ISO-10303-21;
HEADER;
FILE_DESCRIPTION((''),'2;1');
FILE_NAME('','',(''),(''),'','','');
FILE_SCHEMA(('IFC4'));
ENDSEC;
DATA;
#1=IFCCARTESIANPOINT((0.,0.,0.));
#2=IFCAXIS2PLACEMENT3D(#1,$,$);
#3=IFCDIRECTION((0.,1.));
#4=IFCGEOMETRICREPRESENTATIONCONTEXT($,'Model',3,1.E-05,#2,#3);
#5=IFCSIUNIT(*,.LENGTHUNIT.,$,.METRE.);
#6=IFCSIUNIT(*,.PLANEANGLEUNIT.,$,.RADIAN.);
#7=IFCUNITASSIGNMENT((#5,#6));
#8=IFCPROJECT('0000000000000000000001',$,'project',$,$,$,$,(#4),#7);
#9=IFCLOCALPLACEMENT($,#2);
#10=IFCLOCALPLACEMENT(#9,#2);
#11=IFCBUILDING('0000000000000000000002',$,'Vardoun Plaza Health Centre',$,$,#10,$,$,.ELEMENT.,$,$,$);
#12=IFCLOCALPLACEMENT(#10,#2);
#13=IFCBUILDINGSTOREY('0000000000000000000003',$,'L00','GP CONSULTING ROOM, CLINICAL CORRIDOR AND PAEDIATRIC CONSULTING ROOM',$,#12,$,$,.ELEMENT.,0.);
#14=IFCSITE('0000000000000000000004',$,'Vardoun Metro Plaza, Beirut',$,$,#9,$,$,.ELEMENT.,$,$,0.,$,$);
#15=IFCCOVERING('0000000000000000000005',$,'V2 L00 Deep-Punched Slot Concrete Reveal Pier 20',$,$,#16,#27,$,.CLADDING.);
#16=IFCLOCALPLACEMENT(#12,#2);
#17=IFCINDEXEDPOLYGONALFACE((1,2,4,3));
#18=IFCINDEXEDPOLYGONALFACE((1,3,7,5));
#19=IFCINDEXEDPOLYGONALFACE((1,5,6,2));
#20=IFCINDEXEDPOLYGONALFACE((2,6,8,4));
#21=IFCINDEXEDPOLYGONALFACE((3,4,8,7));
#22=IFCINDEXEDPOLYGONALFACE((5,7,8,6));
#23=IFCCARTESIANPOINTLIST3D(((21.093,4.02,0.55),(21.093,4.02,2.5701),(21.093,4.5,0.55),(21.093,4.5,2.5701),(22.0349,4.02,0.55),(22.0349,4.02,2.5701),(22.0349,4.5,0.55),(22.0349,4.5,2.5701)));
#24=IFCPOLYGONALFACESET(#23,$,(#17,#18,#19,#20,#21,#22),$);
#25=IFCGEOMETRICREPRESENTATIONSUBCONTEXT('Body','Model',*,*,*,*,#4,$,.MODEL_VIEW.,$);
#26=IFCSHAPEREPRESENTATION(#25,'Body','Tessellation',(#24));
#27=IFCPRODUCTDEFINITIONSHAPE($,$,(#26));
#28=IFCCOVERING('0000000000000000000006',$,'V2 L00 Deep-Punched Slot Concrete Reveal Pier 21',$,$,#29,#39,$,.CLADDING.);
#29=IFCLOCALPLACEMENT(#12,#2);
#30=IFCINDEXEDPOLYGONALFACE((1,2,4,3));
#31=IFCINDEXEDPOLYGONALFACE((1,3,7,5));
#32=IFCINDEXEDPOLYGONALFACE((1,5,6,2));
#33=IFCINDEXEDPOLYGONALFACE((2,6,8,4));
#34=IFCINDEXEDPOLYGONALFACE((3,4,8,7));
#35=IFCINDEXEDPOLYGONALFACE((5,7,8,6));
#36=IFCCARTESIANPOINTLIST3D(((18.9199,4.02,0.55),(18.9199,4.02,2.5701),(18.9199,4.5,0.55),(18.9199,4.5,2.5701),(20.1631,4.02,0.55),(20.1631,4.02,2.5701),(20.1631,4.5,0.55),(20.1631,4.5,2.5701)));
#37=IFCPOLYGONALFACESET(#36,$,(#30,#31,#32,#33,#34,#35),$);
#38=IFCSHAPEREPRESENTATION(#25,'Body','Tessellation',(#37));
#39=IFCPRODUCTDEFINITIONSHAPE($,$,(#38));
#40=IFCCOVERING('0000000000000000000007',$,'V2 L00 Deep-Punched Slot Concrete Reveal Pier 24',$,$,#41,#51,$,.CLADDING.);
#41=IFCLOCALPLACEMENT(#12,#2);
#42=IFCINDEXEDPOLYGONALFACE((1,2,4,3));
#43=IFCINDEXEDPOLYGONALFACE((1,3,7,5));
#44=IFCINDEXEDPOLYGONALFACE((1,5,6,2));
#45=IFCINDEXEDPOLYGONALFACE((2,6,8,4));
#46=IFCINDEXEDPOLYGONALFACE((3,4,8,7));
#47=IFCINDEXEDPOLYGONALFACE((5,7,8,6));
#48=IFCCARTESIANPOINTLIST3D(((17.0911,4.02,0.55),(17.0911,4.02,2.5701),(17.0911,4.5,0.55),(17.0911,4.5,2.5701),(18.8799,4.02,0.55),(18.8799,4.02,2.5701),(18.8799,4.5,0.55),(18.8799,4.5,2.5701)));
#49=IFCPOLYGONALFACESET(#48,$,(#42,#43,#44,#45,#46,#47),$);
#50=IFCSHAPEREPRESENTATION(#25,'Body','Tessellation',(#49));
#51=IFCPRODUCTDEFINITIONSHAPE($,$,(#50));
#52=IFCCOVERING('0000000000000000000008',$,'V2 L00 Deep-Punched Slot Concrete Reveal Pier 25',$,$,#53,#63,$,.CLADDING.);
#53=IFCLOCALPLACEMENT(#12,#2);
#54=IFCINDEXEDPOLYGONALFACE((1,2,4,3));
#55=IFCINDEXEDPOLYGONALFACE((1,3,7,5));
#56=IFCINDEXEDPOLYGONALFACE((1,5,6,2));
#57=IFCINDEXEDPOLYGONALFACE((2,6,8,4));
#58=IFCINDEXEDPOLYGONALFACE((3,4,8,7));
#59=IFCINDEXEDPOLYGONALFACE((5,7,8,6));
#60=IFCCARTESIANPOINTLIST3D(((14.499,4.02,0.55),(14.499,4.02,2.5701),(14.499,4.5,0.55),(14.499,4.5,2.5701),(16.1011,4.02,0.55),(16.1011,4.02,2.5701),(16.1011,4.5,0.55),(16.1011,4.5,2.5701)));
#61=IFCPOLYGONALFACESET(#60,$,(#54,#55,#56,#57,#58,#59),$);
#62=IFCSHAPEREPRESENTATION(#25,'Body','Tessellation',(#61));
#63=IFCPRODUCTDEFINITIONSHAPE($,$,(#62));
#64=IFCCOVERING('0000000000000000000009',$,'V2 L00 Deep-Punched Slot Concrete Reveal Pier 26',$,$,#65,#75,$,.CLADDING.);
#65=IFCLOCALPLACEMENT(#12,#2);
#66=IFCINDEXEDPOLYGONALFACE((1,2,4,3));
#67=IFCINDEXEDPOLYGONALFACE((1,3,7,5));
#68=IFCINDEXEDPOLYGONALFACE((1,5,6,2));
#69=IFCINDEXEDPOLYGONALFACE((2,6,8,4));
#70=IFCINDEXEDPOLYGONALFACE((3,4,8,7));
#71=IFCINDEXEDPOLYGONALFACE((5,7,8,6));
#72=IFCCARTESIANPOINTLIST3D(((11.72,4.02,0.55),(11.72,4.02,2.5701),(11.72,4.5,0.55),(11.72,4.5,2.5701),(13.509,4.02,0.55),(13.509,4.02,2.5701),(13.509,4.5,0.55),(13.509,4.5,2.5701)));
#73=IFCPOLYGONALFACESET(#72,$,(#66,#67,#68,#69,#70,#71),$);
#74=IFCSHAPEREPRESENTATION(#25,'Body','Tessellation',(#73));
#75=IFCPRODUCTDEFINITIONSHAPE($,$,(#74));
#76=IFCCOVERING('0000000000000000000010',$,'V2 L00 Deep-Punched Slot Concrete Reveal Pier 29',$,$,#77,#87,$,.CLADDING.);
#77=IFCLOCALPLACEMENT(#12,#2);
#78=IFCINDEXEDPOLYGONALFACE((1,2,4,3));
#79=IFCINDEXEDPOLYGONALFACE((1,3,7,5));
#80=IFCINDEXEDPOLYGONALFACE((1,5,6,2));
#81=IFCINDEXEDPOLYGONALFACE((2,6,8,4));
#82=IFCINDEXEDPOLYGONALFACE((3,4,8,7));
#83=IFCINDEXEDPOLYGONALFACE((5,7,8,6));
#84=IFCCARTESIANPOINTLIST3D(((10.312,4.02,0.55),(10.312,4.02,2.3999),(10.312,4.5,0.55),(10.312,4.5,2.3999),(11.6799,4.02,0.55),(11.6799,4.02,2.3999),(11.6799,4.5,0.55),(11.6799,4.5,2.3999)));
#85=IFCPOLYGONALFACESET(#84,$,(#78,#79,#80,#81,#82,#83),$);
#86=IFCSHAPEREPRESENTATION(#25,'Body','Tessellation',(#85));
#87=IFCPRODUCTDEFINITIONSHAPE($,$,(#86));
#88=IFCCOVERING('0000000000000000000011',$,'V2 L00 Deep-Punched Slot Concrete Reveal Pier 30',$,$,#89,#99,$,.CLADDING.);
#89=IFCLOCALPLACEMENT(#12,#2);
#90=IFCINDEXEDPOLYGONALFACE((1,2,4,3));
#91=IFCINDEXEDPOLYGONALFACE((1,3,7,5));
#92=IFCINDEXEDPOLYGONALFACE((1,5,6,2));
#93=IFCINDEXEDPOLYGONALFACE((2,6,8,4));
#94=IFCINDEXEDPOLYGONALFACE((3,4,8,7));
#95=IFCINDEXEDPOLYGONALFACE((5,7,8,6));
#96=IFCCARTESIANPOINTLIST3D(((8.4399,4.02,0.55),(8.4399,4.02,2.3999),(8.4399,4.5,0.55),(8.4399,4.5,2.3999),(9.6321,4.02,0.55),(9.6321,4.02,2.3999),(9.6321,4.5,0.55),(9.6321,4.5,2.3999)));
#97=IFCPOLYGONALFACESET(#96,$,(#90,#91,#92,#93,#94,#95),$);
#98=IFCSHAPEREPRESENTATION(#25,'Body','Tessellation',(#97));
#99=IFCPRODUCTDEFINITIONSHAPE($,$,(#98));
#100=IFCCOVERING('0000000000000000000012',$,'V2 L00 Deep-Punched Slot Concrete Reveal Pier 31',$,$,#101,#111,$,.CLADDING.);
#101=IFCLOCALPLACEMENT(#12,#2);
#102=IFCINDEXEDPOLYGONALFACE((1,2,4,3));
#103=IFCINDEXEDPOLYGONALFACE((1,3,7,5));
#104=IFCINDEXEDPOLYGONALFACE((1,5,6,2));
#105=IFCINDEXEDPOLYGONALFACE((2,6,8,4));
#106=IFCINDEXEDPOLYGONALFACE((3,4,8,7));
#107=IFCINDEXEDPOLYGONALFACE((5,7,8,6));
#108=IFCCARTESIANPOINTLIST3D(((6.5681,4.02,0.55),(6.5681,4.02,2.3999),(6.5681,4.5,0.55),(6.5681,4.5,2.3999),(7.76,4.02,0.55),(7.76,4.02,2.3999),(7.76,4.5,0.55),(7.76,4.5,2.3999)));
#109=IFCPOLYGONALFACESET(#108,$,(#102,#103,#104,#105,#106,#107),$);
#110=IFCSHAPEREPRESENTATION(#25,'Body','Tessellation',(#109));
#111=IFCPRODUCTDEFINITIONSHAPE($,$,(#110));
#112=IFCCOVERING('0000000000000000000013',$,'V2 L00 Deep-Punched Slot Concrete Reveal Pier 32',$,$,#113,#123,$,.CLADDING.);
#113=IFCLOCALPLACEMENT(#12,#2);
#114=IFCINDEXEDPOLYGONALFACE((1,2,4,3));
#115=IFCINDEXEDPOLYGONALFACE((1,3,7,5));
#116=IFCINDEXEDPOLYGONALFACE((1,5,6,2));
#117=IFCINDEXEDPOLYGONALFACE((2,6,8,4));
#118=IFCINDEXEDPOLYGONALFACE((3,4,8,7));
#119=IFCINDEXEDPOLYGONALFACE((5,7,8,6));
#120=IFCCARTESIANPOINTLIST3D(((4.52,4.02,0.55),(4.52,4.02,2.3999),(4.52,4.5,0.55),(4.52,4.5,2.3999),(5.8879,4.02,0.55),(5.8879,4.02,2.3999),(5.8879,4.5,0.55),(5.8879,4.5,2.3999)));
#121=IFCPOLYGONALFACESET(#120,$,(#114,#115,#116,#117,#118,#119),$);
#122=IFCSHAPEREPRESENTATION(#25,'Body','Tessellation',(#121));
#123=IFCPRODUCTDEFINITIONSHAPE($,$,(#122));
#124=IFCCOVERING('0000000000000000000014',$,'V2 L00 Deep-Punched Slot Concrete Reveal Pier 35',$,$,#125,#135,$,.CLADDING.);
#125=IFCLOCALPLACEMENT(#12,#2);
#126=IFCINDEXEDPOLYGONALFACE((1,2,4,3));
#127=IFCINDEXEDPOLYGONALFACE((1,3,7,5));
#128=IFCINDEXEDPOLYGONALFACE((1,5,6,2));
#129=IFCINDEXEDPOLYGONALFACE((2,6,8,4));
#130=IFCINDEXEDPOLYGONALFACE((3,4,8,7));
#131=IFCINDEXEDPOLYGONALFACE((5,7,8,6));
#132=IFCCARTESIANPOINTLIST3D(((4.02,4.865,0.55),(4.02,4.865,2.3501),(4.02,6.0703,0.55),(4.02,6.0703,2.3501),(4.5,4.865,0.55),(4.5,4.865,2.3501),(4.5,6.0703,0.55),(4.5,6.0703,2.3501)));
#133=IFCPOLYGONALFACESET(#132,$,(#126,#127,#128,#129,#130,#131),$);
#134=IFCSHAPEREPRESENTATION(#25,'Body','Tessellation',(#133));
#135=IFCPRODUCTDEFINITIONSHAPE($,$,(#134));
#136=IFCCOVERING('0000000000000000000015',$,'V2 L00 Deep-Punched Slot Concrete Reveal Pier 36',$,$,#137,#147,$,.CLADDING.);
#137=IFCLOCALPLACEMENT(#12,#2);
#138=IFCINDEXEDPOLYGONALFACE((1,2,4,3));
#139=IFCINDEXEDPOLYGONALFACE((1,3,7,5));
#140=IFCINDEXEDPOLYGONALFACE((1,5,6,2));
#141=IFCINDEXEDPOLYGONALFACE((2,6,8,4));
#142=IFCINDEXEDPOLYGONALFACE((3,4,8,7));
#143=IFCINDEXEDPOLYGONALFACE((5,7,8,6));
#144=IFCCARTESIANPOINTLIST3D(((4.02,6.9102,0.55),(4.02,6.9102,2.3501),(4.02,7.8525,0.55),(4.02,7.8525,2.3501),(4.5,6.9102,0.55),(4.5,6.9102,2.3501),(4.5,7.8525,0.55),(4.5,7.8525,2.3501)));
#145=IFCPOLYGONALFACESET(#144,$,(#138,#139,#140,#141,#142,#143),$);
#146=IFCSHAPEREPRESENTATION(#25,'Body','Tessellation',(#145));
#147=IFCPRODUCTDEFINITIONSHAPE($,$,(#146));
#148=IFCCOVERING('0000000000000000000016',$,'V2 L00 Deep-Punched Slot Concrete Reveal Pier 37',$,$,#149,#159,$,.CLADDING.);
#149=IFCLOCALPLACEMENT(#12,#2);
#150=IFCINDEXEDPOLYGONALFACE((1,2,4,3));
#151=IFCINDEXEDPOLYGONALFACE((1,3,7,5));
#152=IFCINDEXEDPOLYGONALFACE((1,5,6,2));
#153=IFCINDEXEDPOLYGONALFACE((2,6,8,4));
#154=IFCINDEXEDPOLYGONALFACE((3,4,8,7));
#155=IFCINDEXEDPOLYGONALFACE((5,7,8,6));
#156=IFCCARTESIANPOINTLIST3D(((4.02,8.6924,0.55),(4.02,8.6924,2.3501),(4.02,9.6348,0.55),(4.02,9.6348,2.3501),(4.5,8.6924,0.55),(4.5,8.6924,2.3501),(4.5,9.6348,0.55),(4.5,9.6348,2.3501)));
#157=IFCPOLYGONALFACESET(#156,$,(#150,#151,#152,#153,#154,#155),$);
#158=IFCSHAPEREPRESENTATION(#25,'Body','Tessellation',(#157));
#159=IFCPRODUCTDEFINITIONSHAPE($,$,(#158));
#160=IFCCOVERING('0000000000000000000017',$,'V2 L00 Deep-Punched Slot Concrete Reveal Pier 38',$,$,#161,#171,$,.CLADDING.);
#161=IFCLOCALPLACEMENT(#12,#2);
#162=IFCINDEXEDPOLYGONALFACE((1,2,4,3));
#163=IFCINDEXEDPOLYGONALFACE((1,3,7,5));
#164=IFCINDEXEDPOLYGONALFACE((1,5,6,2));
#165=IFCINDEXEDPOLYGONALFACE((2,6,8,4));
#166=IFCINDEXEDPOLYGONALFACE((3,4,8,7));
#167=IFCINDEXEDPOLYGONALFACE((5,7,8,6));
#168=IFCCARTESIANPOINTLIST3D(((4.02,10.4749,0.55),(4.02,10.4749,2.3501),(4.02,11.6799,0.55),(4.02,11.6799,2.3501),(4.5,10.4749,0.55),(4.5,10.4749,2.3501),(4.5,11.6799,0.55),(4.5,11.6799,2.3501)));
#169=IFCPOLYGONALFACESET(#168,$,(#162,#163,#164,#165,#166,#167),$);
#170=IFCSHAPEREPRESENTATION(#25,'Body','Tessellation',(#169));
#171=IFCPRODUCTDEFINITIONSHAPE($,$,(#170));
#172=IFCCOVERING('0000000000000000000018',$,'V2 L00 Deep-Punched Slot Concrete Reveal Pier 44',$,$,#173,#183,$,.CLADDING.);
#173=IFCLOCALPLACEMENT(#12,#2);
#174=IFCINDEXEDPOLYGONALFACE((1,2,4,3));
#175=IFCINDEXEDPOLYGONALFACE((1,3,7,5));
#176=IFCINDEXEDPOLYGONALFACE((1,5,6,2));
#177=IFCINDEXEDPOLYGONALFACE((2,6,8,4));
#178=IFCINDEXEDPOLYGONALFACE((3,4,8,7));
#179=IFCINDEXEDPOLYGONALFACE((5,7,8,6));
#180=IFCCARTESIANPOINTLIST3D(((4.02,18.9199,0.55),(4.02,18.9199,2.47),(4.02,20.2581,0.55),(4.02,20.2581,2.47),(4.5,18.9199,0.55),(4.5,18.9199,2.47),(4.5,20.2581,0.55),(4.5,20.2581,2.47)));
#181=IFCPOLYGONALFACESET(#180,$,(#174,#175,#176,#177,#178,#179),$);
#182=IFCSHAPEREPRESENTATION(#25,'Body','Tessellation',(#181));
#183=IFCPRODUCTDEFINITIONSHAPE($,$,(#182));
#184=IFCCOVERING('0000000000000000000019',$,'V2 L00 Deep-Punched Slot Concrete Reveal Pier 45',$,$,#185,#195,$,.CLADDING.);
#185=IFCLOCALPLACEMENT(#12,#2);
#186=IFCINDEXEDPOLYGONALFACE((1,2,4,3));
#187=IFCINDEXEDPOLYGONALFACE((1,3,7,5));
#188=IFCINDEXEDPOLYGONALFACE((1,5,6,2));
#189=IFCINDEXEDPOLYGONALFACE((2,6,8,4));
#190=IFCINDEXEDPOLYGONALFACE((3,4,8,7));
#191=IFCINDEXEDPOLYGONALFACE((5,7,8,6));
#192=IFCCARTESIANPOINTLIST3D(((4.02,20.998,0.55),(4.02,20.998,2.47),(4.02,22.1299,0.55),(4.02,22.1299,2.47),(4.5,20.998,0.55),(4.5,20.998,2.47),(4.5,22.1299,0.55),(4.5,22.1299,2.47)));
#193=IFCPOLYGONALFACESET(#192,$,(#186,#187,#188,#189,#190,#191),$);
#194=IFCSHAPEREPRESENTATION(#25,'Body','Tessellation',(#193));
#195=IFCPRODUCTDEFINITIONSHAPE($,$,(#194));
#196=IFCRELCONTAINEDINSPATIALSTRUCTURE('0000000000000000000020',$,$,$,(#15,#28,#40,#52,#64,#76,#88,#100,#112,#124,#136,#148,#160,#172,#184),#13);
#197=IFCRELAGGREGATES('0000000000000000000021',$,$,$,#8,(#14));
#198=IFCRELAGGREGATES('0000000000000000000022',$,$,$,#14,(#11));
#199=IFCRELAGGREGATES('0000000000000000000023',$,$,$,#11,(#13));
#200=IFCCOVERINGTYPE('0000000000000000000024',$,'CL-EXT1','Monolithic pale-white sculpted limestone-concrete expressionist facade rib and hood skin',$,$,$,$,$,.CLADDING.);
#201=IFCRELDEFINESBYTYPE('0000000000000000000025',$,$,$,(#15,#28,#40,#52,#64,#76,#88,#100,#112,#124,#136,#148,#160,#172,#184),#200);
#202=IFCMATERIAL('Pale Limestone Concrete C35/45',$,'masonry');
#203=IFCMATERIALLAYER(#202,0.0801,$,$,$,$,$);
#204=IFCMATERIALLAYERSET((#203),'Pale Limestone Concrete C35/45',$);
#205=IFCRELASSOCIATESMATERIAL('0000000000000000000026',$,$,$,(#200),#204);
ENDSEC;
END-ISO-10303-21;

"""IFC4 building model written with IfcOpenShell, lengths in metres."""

from ifc_helpers import new_model, si_unit, direction, frame, origin, place, context, subcontext, project, spatial, polyline, outline, extrude, material, layer, layer_set, type_object, element, save


model = new_model("IFC4")

# Units and contexts
model_context = context("Model", 3, precision=1e-05, world=origin(), true_north=direction((0.0, 1.0)))
body_context = subcontext(model_context, "Body", "Model", "MODEL_VIEW")
ifc_project = project(units=[si_unit("LENGTHUNIT", "METRE"), si_unit("PLANEANGLEUNIT", "RADIAN")], contexts=[model_context])

# Site, building, storey
site_placement = place(None, origin())
site = spatial("IfcSite", under=ifc_project, at=site_placement, Name="Vardoun Metro Plaza, Beirut", CompositionType="ELEMENT", RefElevation=0.0)
building_placement = place(site_placement, origin())
building = spatial("IfcBuilding", under=site, at=building_placement, Name="Vardoun Plaza Health Centre", CompositionType="ELEMENT")
storey_placement = place(building_placement, origin())
storey = spatial("IfcBuildingStorey", under=building, at=storey_placement, Name="L00", Description="GP CONSULTING ROOM, CLINICAL CORRIDOR AND PAEDIATRIC CONSULTING ROOM", CompositionType="ELEMENT", Elevation=0.0)

# Coverings
ifc_material = material(Name="Pale Limestone Concrete C35/45", Category="masonry")
ifc_layer = layer(ifc_material, 0.0801)
ifc_layer_set = layer_set([ifc_layer], Name="Pale Limestone Concrete C35/45")
covering_type = type_object("IfcCoveringType", Name="CL-EXT1", Description="Monolithic pale-white sculpted limestone-concrete expressionist facade rib and hood skin", PredefinedType="CLADDING", material=ifc_layer_set)
covering_1_placement = place(storey_placement, frame((0.0, 0.0, 0.55)))
element("IfcCovering", 1, at=covering_1_placement, inside=storey, type_object=covering_type, Name="V2 L00 Deep-Punched Slot Concrete Reveal Pier 20", PredefinedType="CLADDING", context=body_context, shape_type="SweptSolid", body=[
    extrude(outline(polyline([(22.0349, 4.5), (21.093, 4.5), (21.093, 4.02), (22.0349, 4.02), (22.0349, 4.5)])), origin(), (0.0, 0.0, 1.0), 2.02),
])
covering_2_placement = place(storey_placement, frame((0.0, 0.0, 0.55)))
element("IfcCovering", 2, at=covering_2_placement, inside=storey, type_object=covering_type, Name="V2 L00 Deep-Punched Slot Concrete Reveal Pier 21", PredefinedType="CLADDING", context=body_context, shape_type="SweptSolid", body=[
    extrude(outline(polyline([(20.1631, 4.5), (18.9199, 4.5), (18.9199, 4.02), (20.1631, 4.02), (20.1631, 4.5)])), origin(), (0.0, 0.0, 1.0), 2.02),
])
covering_3_placement = place(storey_placement, frame((0.0, 0.0, 0.55)))
element("IfcCovering", 3, at=covering_3_placement, inside=storey, type_object=covering_type, Name="V2 L00 Deep-Punched Slot Concrete Reveal Pier 24", PredefinedType="CLADDING", context=body_context, shape_type="SweptSolid", body=[
    extrude(outline(polyline([(18.8799, 4.5), (17.0911, 4.5), (17.0911, 4.02), (18.8799, 4.02), (18.8799, 4.5)])), origin(), (0.0, 0.0, 1.0), 2.02),
])
covering_4_placement = place(storey_placement, frame((0.0, 0.0, 0.55)))
element("IfcCovering", 4, at=covering_4_placement, inside=storey, type_object=covering_type, Name="V2 L00 Deep-Punched Slot Concrete Reveal Pier 25", PredefinedType="CLADDING", context=body_context, shape_type="SweptSolid", body=[
    extrude(outline(polyline([(16.1011, 4.5), (14.499, 4.5), (14.499, 4.02), (16.1011, 4.02), (16.1011, 4.5)])), origin(), (0.0, 0.0, 1.0), 2.02),
])
covering_5_placement = place(storey_placement, frame((0.0, 0.0, 0.55)))
element("IfcCovering", 5, at=covering_5_placement, inside=storey, type_object=covering_type, Name="V2 L00 Deep-Punched Slot Concrete Reveal Pier 26", PredefinedType="CLADDING", context=body_context, shape_type="SweptSolid", body=[
    extrude(outline(polyline([(13.509, 4.5), (11.72, 4.5), (11.72, 4.02), (13.509, 4.02), (13.509, 4.5)])), origin(), (0.0, 0.0, 1.0), 2.02),
])
covering_6_placement = place(storey_placement, frame((0.0, 0.0, 0.55)))
element("IfcCovering", 6, at=covering_6_placement, inside=storey, type_object=covering_type, Name="V2 L00 Deep-Punched Slot Concrete Reveal Pier 29", PredefinedType="CLADDING", context=body_context, shape_type="SweptSolid", body=[
    extrude(outline(polyline([(11.6799, 4.5), (10.312, 4.5), (10.312, 4.02), (11.6799, 4.02), (11.6799, 4.5)])), origin(), (0.0, 0.0, 1.0), 1.8499),
])
covering_7_placement = place(storey_placement, frame((0.0, 0.0, 0.55)))
element("IfcCovering", 7, at=covering_7_placement, inside=storey, type_object=covering_type, Name="V2 L00 Deep-Punched Slot Concrete Reveal Pier 30", PredefinedType="CLADDING", context=body_context, shape_type="SweptSolid", body=[
    extrude(outline(polyline([(9.6321, 4.5), (8.4399, 4.5), (8.4399, 4.02), (9.6321, 4.02), (9.6321, 4.5)])), origin(), (0.0, 0.0, 1.0), 1.8499),
])
covering_8_placement = place(storey_placement, frame((0.0, 0.0, 0.55)))
element("IfcCovering", 8, at=covering_8_placement, inside=storey, type_object=covering_type, Name="V2 L00 Deep-Punched Slot Concrete Reveal Pier 31", PredefinedType="CLADDING", context=body_context, shape_type="SweptSolid", body=[
    extrude(outline(polyline([(7.76, 4.5), (6.5681, 4.5), (6.5681, 4.02), (7.76, 4.02), (7.76, 4.5)])), origin(), (0.0, 0.0, 1.0), 1.8499),
])
covering_9_placement = place(storey_placement, frame((0.0, 0.0, 0.55)))
element("IfcCovering", 9, at=covering_9_placement, inside=storey, type_object=covering_type, Name="V2 L00 Deep-Punched Slot Concrete Reveal Pier 32", PredefinedType="CLADDING", context=body_context, shape_type="SweptSolid", body=[
    extrude(outline(polyline([(5.8879, 4.5), (4.52, 4.5), (4.52, 4.02), (5.8879, 4.02), (5.8879, 4.5)])), origin(), (0.0, 0.0, 1.0), 1.8499),
])
covering_10_placement = place(storey_placement, frame((0.0, 0.0, 0.55)))
element("IfcCovering", 10, at=covering_10_placement, inside=storey, type_object=covering_type, Name="V2 L00 Deep-Punched Slot Concrete Reveal Pier 35", PredefinedType="CLADDING", context=body_context, shape_type="SweptSolid", body=[
    extrude(outline(polyline([(4.5, 4.865), (4.5, 6.0703), (4.02, 6.0703), (4.02, 4.865), (4.5, 4.865)])), origin(), (0.0, 0.0, 1.0), 1.8),
])
covering_11_placement = place(storey_placement, frame((0.0, 0.0, 0.55)))
element("IfcCovering", 11, at=covering_11_placement, inside=storey, type_object=covering_type, Name="V2 L00 Deep-Punched Slot Concrete Reveal Pier 36", PredefinedType="CLADDING", context=body_context, shape_type="SweptSolid", body=[
    extrude(outline(polyline([(4.5, 6.9102), (4.5, 7.8525), (4.02, 7.8525), (4.02, 6.9102), (4.5, 6.9102)])), origin(), (0.0, 0.0, 1.0), 1.8),
])
covering_12_placement = place(storey_placement, frame((0.0, 0.0, 0.55)))
element("IfcCovering", 12, at=covering_12_placement, inside=storey, type_object=covering_type, Name="V2 L00 Deep-Punched Slot Concrete Reveal Pier 37", PredefinedType="CLADDING", context=body_context, shape_type="SweptSolid", body=[
    extrude(outline(polyline([(4.5, 8.6924), (4.5, 9.6348), (4.02, 9.6348), (4.02, 8.6924), (4.5, 8.6924)])), origin(), (0.0, 0.0, 1.0), 1.8),
])
covering_13_placement = place(storey_placement, frame((0.0, 0.0, 0.55)))
element("IfcCovering", 13, at=covering_13_placement, inside=storey, type_object=covering_type, Name="V2 L00 Deep-Punched Slot Concrete Reveal Pier 38", PredefinedType="CLADDING", context=body_context, shape_type="SweptSolid", body=[
    extrude(outline(polyline([(4.5, 10.4749), (4.5, 11.6799), (4.02, 11.6799), (4.02, 10.4749), (4.5, 10.4749)])), origin(), (0.0, 0.0, 1.0), 1.8),
])
covering_14_placement = place(storey_placement, frame((0.0, 0.0, 0.55)))
element("IfcCovering", 14, at=covering_14_placement, inside=storey, type_object=covering_type, Name="V2 L00 Deep-Punched Slot Concrete Reveal Pier 44", PredefinedType="CLADDING", context=body_context, shape_type="SweptSolid", body=[
    extrude(outline(polyline([(4.5, 18.9199), (4.5, 20.2581), (4.02, 20.2581), (4.02, 18.9199), (4.5, 18.9199)])), origin(), (0.0, 0.0, 1.0), 1.9199),
])
covering_15_placement = place(storey_placement, frame((0.0, 0.0, 0.55)))
element("IfcCovering", 15, at=covering_15_placement, inside=storey, type_object=covering_type, Name="V2 L00 Deep-Punched Slot Concrete Reveal Pier 45", PredefinedType="CLADDING", context=body_context, shape_type="SweptSolid", body=[
    extrude(outline(polyline([(4.5, 20.998), (4.5, 22.1299), (4.02, 22.1299), (4.02, 20.998), (4.5, 20.998)])), origin(), (0.0, 0.0, 1.0), 1.9199),
])

save(model, "model.ifc")
